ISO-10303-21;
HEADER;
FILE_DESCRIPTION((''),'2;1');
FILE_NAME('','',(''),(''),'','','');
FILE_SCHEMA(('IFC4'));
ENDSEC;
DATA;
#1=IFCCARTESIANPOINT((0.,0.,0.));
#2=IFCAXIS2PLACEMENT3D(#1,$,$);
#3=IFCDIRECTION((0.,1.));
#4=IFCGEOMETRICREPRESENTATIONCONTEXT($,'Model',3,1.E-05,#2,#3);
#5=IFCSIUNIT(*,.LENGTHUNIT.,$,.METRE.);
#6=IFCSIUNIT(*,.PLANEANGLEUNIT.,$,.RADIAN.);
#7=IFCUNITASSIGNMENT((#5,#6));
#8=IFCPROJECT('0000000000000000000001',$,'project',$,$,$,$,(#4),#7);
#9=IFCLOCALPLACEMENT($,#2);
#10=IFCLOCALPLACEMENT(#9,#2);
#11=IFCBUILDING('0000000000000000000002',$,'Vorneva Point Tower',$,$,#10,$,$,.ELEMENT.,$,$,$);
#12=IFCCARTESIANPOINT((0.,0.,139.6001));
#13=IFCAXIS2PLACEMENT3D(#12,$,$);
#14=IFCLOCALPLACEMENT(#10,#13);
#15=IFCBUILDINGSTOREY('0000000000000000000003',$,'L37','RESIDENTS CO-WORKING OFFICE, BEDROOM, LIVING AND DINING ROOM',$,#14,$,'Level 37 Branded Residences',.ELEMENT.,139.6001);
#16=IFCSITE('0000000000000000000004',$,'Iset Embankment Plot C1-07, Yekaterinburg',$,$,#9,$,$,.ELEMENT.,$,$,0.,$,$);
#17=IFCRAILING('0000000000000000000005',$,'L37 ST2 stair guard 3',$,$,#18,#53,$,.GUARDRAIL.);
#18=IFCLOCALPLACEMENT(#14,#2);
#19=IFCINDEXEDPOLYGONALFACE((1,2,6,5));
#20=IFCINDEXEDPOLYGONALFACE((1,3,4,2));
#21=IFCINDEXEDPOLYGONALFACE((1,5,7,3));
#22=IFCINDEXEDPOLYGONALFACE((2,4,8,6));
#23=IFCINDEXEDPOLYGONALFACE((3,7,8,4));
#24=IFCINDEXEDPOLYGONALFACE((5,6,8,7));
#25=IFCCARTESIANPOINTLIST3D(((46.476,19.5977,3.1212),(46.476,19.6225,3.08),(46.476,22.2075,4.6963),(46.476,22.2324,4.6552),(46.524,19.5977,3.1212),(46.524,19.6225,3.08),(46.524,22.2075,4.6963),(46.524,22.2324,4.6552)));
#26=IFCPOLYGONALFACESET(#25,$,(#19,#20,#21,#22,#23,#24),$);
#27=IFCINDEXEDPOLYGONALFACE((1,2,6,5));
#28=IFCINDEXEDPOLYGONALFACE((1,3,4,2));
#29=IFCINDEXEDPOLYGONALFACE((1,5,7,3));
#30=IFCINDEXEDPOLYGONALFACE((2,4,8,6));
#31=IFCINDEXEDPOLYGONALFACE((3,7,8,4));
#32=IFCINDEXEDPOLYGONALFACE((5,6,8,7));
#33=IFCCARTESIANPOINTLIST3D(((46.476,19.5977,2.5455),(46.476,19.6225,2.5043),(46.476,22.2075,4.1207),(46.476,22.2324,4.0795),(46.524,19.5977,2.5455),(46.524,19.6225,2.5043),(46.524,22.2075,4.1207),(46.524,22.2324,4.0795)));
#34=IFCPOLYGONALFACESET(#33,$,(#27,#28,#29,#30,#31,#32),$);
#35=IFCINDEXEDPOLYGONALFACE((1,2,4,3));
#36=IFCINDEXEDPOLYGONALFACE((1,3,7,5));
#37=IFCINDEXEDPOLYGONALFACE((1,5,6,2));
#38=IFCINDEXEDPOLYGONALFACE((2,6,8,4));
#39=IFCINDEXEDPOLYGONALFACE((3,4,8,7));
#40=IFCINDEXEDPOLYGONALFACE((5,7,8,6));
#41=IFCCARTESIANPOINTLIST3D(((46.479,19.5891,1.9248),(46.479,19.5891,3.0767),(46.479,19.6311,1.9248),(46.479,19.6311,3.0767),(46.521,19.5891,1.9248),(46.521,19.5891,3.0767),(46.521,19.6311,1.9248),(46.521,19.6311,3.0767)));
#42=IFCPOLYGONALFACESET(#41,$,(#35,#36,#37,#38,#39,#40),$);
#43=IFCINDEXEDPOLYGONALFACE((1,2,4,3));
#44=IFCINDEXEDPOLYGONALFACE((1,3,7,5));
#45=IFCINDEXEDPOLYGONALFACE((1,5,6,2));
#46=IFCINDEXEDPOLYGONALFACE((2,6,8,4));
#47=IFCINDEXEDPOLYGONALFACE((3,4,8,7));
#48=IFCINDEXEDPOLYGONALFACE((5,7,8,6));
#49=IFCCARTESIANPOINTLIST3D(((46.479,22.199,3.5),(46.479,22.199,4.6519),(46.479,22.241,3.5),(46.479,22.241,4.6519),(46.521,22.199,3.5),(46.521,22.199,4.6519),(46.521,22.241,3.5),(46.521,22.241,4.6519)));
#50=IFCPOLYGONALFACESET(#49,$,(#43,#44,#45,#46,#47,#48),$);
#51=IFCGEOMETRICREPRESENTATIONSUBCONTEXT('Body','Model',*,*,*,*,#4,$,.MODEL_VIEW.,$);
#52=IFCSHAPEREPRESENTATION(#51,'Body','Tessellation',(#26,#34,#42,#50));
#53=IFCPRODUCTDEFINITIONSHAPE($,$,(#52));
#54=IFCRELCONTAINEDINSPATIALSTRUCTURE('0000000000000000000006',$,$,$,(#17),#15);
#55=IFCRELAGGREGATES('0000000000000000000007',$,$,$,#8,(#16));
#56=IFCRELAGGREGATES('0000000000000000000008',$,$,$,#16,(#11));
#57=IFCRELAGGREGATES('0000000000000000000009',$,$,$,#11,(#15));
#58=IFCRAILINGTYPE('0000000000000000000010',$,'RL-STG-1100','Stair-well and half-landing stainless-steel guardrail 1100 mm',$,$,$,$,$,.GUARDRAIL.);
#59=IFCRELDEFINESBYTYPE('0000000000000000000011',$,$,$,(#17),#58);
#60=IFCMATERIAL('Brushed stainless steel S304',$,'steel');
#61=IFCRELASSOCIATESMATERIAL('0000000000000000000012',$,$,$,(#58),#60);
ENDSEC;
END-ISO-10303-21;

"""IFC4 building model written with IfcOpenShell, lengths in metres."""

from ifc_helpers import new_model, si_unit, direction, frame, origin, origin_2d, place, context, subcontext, project, spatial, rectangle, extrude, material, type_object, element, save


model = new_model("IFC4")

# Units and contexts
model_context = context("Model", 3, precision=1e-05, world=origin(), true_north=direction((0.0, 1.0)))
body_context = subcontext(model_context, "Body", "Model", "MODEL_VIEW")
ifc_project = project(units=[si_unit("LENGTHUNIT", "METRE"), si_unit("PLANEANGLEUNIT", "RADIAN")], contexts=[model_context])

# Site, building, storey
site_placement = place(None, origin())
site = spatial("IfcSite", under=ifc_project, at=site_placement, Name="Iset Embankment Plot C1-07, Yekaterinburg", CompositionType="ELEMENT", RefElevation=0.0)
building_placement = place(site_placement, origin())
building = spatial("IfcBuilding", under=site, at=building_placement, Name="Vorneva Point Tower", CompositionType="ELEMENT")
storey_placement = place(building_placement, frame((0.0, 0.0, 139.6001)))
storey = spatial("IfcBuildingStorey", under=building, at=storey_placement, Name="L37", Description="RESIDENTS CO-WORKING OFFICE, BEDROOM, LIVING AND DINING ROOM", LongName="Level 37 Branded Residences", CompositionType="ELEMENT", Elevation=139.6001)

# Railing
ifc_material_1 = material(Name="Brushed stainless steel S304", Category="steel")
railing_type_1 = type_object("IfcRailingType", Name="RL-STG-1100", Description="Stair-well and half-landing stainless-steel guardrail 1100 mm", PredefinedType="GUARDRAIL", material=ifc_material_1)
railing_1_placement = place(storey_placement, frame((46.5, 19.6101, 1.9248)))
element("IfcRailing", 1, at=railing_1_placement, inside=storey, type_object=railing_type_1, Name="L37 ST2 stair guard 3", PredefinedType="GUARDRAIL", context=body_context, shape_type="SweptSolid", body=[
    extrude(rectangle(XDim=0.0481, YDim=0.0481, at=origin_2d()), frame((0.0, 0.0, 1.1758), z_axis=(0.0, 0.856147, 0.516732), x_axis=(-1.0, 0.0, 0.0)), (0.0, 0.0, 1.0), 3.0483),
    extrude(rectangle(XDim=0.0481, YDim=0.0481, at=origin_2d()), frame((0.0, 0.0, 0.6001), z_axis=(0.0, 0.856147, 0.516732), x_axis=(-1.0, 0.0, 0.0)), (0.0, 0.0, 1.0), 3.0483),
    extrude(rectangle(XDim=0.042, YDim=0.042, at=origin_2d()), origin(), (0.0, 0.0, 1.0), 1.1519),
    extrude(rectangle(XDim=0.042, YDim=0.042, at=origin_2d()), frame((0.0, 2.6099, 1.5752)), (0.0, 0.0, 1.0), 1.1519),
])

save(model, "model.ifc")
